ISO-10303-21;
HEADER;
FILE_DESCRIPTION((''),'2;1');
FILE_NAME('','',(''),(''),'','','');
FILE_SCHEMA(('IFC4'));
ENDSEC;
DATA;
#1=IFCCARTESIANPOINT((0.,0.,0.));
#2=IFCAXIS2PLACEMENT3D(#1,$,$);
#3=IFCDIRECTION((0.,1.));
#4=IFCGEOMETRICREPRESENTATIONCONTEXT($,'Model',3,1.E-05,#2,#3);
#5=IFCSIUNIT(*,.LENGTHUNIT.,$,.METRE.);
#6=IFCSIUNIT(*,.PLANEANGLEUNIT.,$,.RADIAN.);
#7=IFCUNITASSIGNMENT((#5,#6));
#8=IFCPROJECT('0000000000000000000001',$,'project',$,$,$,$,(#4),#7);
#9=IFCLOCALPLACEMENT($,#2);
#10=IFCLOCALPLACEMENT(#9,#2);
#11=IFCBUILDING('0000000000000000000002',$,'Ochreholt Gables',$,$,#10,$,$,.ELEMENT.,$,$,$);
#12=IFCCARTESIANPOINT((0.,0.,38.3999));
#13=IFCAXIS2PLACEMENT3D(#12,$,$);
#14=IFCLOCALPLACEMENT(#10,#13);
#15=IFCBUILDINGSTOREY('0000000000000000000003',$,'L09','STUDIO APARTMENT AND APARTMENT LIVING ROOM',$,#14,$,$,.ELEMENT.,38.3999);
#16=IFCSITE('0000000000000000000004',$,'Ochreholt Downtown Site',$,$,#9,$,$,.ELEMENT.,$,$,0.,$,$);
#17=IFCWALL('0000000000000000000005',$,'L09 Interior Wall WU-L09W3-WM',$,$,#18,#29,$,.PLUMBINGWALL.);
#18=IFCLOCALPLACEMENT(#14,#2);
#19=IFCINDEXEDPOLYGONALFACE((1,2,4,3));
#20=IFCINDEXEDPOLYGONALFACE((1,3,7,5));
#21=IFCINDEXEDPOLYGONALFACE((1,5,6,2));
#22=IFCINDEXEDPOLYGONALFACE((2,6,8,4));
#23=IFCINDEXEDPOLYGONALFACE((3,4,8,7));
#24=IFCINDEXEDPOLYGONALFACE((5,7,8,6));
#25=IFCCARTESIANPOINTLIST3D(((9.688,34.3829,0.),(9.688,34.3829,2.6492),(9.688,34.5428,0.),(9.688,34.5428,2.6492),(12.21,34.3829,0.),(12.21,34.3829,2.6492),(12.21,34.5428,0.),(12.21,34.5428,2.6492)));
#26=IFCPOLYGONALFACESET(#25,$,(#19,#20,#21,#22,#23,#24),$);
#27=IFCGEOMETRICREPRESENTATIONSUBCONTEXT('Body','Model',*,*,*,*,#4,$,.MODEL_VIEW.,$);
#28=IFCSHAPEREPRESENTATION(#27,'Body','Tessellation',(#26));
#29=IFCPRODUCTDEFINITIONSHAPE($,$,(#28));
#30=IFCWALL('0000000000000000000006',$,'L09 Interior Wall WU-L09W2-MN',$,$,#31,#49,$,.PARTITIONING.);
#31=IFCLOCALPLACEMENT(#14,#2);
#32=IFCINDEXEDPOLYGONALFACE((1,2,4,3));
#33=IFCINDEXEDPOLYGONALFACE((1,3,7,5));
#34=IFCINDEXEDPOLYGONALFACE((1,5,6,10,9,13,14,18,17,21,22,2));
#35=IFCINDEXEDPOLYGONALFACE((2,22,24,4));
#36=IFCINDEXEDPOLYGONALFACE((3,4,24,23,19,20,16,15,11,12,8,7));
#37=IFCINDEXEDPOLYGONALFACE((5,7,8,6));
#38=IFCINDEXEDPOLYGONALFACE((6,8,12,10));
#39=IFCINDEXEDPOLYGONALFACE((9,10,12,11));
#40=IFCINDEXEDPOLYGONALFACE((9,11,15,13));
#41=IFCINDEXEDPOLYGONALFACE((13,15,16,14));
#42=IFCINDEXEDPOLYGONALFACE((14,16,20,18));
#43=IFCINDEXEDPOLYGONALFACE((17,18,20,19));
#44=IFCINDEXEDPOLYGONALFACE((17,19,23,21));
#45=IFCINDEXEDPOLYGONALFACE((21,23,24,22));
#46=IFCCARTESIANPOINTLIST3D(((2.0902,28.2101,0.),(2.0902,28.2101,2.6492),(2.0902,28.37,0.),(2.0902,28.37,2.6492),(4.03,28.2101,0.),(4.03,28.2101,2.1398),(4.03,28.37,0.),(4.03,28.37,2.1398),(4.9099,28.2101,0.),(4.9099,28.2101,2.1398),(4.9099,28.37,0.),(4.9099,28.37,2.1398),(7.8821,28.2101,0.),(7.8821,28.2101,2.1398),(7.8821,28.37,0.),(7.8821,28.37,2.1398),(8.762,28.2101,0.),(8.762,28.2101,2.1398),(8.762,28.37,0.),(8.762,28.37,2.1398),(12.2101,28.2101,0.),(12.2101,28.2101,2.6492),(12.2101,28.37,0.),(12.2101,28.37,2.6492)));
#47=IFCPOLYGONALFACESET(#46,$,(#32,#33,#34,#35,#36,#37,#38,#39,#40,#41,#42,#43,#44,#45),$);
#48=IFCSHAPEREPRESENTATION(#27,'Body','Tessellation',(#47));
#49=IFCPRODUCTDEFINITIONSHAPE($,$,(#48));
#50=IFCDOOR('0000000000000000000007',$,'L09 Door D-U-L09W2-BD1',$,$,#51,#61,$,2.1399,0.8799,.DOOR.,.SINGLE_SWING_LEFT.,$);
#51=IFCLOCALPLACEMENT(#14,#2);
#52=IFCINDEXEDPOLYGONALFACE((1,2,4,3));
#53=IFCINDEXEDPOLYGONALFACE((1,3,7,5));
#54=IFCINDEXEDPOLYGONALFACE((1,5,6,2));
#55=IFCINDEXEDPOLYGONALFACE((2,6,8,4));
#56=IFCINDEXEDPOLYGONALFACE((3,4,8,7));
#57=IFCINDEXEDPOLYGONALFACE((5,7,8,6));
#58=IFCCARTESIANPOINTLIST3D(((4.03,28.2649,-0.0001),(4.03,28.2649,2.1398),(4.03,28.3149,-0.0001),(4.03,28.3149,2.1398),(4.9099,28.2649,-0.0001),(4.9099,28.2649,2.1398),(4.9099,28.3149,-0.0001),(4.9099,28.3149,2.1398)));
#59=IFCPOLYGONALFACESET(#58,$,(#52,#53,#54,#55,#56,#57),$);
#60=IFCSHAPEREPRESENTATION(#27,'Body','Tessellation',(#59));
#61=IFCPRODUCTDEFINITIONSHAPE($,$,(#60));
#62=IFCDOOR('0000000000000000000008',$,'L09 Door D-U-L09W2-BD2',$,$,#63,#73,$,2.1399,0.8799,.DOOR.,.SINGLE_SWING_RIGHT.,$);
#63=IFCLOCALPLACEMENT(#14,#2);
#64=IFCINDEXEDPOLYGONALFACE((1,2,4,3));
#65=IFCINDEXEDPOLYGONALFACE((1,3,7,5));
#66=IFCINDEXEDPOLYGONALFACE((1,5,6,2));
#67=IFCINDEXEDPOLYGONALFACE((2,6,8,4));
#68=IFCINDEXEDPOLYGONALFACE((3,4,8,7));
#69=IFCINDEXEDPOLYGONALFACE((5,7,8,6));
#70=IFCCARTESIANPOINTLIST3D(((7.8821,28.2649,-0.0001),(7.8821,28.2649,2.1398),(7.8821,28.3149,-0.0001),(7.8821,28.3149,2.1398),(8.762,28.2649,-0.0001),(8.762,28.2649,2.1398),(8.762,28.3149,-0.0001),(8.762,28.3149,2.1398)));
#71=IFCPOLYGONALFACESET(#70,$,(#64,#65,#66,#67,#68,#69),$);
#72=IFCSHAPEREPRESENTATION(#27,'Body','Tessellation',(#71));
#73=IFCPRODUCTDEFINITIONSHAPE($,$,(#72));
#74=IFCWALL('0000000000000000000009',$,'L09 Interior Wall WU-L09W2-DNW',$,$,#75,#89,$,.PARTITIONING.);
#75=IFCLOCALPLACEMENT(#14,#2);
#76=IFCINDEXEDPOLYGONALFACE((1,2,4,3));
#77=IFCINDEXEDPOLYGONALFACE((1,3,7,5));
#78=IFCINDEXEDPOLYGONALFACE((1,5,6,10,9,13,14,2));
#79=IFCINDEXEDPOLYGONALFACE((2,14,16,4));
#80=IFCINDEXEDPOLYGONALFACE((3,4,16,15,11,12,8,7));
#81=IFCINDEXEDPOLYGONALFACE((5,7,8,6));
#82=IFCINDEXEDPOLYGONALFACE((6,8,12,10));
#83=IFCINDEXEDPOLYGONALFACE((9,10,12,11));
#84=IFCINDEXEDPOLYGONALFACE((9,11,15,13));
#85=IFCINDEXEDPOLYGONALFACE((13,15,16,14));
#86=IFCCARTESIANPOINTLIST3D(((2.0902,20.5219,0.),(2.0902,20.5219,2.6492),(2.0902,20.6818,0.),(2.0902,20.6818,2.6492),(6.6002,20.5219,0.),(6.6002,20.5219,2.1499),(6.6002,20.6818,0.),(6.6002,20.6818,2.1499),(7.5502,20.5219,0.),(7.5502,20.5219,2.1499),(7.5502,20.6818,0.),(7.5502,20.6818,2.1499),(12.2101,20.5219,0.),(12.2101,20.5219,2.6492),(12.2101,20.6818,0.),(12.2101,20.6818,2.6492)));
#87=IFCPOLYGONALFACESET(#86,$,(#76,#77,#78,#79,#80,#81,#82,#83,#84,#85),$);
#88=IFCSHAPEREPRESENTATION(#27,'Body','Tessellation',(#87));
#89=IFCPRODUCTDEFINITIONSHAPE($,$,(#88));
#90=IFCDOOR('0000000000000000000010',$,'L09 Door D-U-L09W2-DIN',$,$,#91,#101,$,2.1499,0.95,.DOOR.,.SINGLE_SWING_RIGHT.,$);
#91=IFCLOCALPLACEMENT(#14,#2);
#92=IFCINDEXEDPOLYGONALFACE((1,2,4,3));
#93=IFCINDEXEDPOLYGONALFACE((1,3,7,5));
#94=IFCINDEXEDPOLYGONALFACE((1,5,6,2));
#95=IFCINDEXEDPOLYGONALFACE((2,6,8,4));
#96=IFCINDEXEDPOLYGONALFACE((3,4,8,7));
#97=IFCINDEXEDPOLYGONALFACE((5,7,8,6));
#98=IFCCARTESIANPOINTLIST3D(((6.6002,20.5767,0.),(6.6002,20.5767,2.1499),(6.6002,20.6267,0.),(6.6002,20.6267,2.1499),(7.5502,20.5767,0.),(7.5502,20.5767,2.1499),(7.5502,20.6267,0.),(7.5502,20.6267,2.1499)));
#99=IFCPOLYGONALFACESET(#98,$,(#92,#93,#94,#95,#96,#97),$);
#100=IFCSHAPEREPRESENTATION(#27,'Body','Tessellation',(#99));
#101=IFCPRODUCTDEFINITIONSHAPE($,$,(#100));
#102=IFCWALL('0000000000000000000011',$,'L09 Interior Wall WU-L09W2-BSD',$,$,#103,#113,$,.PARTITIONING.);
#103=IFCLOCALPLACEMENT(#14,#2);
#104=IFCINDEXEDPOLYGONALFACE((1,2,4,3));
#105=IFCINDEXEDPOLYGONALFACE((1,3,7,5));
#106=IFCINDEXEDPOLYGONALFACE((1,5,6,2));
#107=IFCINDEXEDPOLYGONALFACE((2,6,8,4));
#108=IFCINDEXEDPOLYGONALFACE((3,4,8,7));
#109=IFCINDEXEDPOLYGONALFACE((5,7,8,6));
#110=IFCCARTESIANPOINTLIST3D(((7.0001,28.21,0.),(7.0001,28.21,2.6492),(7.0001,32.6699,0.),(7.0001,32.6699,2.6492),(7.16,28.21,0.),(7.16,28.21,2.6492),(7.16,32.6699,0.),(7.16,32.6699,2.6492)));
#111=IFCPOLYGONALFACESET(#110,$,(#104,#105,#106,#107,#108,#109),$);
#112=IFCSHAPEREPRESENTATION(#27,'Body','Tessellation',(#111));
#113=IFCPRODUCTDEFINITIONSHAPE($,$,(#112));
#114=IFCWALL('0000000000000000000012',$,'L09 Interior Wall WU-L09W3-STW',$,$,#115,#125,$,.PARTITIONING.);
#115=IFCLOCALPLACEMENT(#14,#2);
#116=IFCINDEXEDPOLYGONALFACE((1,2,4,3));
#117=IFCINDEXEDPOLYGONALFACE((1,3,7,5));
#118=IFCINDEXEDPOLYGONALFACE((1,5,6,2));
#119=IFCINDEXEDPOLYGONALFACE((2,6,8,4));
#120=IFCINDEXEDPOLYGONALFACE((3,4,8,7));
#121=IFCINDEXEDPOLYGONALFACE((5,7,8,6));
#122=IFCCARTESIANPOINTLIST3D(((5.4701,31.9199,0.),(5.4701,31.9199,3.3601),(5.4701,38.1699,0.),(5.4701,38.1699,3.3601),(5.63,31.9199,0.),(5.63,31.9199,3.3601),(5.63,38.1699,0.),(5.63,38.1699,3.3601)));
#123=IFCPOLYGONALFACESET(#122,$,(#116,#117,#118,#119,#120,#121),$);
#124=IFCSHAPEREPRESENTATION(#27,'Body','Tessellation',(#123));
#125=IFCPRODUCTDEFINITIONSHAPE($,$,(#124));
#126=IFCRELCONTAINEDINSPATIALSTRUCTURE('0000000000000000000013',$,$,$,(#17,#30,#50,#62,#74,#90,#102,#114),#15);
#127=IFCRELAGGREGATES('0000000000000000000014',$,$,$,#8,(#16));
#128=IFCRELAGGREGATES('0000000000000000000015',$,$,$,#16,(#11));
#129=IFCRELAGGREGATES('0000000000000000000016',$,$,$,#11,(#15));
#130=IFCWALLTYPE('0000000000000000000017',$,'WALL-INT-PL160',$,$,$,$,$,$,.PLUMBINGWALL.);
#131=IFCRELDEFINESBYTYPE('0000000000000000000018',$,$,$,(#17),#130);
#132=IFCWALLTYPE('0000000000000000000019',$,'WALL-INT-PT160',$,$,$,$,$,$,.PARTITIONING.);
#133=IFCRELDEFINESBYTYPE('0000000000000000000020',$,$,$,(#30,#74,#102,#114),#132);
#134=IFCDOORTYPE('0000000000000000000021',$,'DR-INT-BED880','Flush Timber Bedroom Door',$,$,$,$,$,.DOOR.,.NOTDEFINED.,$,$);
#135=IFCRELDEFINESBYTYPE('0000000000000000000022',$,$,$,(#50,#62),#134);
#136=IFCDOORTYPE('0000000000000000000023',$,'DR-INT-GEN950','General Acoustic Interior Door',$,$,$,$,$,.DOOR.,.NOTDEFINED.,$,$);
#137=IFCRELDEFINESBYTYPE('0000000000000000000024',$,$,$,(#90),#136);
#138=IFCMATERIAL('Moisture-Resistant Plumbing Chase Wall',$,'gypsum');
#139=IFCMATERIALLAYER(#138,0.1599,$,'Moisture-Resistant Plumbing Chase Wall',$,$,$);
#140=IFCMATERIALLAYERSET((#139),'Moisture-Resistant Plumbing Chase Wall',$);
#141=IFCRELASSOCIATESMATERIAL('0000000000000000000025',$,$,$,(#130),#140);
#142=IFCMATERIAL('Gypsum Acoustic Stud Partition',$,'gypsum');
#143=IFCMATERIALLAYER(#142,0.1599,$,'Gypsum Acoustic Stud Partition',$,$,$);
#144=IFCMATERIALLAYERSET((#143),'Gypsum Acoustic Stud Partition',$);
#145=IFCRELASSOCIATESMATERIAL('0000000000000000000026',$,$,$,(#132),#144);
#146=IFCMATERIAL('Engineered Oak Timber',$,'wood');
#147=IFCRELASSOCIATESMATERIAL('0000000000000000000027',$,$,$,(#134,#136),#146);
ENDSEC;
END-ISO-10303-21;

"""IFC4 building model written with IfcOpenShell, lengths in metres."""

from ifc_helpers import new_model, si_unit, direction, frame, frame_2d, origin, place, context, subcontext, project, spatial, rectangle, extrude, material, layer, layer_set, type_object, element, fill, save


model = new_model("IFC4")

# Units and contexts
model_context = context("Model", 3, precision=1e-05, world=origin(), true_north=direction((0.0, 1.0)))
body_context = subcontext(model_context, "Body", "Model", "MODEL_VIEW")
ifc_project = project(units=[si_unit("LENGTHUNIT", "METRE"), si_unit("PLANEANGLEUNIT", "RADIAN")], contexts=[model_context])

# Site, building, storey
site_placement = place(None, origin())
site = spatial("IfcSite", under=ifc_project, at=site_placement, Name="Ochreholt Downtown Site", CompositionType="ELEMENT", RefElevation=0.0)
building_placement = place(site_placement, origin())
building = spatial("IfcBuilding", under=site, at=building_placement, Name="Ochreholt Gables", CompositionType="ELEMENT")
storey_placement = place(building_placement, frame((0.0, 0.0, 38.3999)))
storey = spatial("IfcBuildingStorey", under=building, at=storey_placement, Name="L09", Description="STUDIO APARTMENT AND APARTMENT LIVING ROOM", CompositionType="ELEMENT", Elevation=38.3999)

# Shared definitions
ifc_material_1 = material(Name="Moisture-Resistant Plumbing Chase Wall", Category="gypsum")
ifc_layer_1 = layer(ifc_material_1, 0.1599, Name="Moisture-Resistant Plumbing Chase Wall")
ifc_layer_set_1 = layer_set([ifc_layer_1], Name="Moisture-Resistant Plumbing Chase Wall")
wall_type_1 = type_object("IfcWallType", Name="WALL-INT-PL160", PredefinedType="PLUMBINGWALL", material=ifc_layer_set_1)

# Shared definitions
ifc_material_2 = material(Name="Engineered Oak Timber", Category="wood")

# Wall
wall_1_placement = place(storey_placement, frame((9.688, 34.4629, 0.0), z_axis=(0.0, 0.0, 1.0), x_axis=(1.0, 0.0, 0.0)))
element("IfcWall", 1, at=wall_1_placement, inside=storey, type_object=wall_type_1, Name="L09 Interior Wall WU-L09W3-WM", PredefinedType="PLUMBINGWALL", context=body_context, shape_type="SweptSolid", body=[
    extrude(rectangle(XDim=2.522, YDim=0.1599, at=frame_2d((1.261, 0.0))), origin(), (0.0, 0.0, 1.0), 2.6492),
])

# Wall, openings, doors
ifc_material_3 = material(Name="Gypsum Acoustic Stud Partition", Category="gypsum")
ifc_layer_2 = layer(ifc_material_3, 0.1599, Name="Gypsum Acoustic Stud Partition")
ifc_layer_set_2 = layer_set([ifc_layer_2], Name="Gypsum Acoustic Stud Partition")
wall_type_2 = type_object("IfcWallType", Name="WALL-INT-PT160", PredefinedType="PARTITIONING", material=ifc_layer_set_2)
wall_2_placement = place(storey_placement, frame((2.0901, 28.29, 0.0), z_axis=(0.0, 0.0, 1.0), x_axis=(1.0, 0.0, 0.0)))
wall_2 = element("IfcWall", 2, at=wall_2_placement, inside=storey, type_object=wall_type_2, Name="L09 Interior Wall WU-L09W2-MN", PredefinedType="PARTITIONING", context=body_context, shape_type="SweptSolid", body=[
    extrude(rectangle(XDim=10.1199, YDim=0.1599, at=frame_2d((5.0601, 0.0))), origin(), (0.0, 0.0, 1.0), 2.6492),
])
opening_1_placement = place(wall_2_placement, frame((1.9399, 0.0, 0.0)))
opening_1 = element("IfcOpeningElement", 3, at=opening_1_placement, cuts=wall_2, PredefinedType="OPENING", context=body_context, shape_type="SweptSolid", body=[
    extrude(rectangle(XDim=0.8799, YDim=2.1399, at=frame_2d((0.4399, 1.0698))), frame((0.0, 0.0898, 0.0), z_axis=(0.0, -1.0, 0.0), x_axis=(1.0, 0.0, 0.0)), (0.0, 0.0, 1.0), 0.1799),
])
opening_2_placement = place(wall_2_placement, frame((5.792, 0.0, 0.0)))
opening_2 = element("IfcOpeningElement", 4, at=opening_2_placement, cuts=wall_2, PredefinedType="OPENING", context=body_context, shape_type="SweptSolid", body=[
    extrude(rectangle(XDim=0.8799, YDim=2.1399, at=frame_2d((0.4399, 1.0698))), frame((0.0, 0.0898, 0.0), z_axis=(0.0, -1.0, 0.0), x_axis=(1.0, 0.0, 0.0)), (0.0, 0.0, 1.0), 0.1799),
])
door_type_1 = type_object("IfcDoorType", Name="DR-INT-BED880", Description="Flush Timber Bedroom Door", OperationType="NOTDEFINED", PredefinedType="DOOR", material=ifc_material_2)
door_1_placement = place(opening_1_placement, origin())
door_1 = element("IfcDoor", 5, at=door_1_placement, inside=storey, type_object=door_type_1, Name="L09 Door D-U-L09W2-BD1", OperationType="SINGLE_SWING_LEFT", OverallHeight=2.1399, OverallWidth=0.8799, PredefinedType="DOOR", context=body_context, shape_type="SweptSolid", body=[
    extrude(rectangle(XDim=0.8799, YDim=2.1399, at=frame_2d((0.4399, 1.0698))), frame((0.0, 0.0249, 0.0), z_axis=(0.0, -1.0, 0.0), x_axis=(1.0, 0.0, 0.0)), (0.0, 0.0, 1.0), 0.05),
])
fill(opening_1, door_1)
door_2_placement = place(opening_2_placement, origin())
door_2 = element("IfcDoor", 6, at=door_2_placement, inside=storey, type_object=door_type_1, Name="L09 Door D-U-L09W2-BD2", OperationType="SINGLE_SWING_RIGHT", OverallHeight=2.1399, OverallWidth=0.8799, PredefinedType="DOOR", context=body_context, shape_type="SweptSolid", body=[
    extrude(rectangle(XDim=0.8799, YDim=2.1399, at=frame_2d((0.4399, 1.0698))), frame((0.0, 0.0249, 0.0), z_axis=(0.0, -1.0, 0.0), x_axis=(1.0, 0.0, 0.0)), (0.0, 0.0, 1.0), 0.05),
])
fill(opening_2, door_2)

# Wall, opening, door
wall_3_placement = place(storey_placement, frame((2.0901, 20.6018, 0.0), z_axis=(0.0, 0.0, 1.0), x_axis=(1.0, 0.0, 0.0)))
wall_3 = element("IfcWall", 7, at=wall_3_placement, inside=storey, type_object=wall_type_2, Name="L09 Interior Wall WU-L09W2-DNW", PredefinedType="PARTITIONING", context=body_context, shape_type="SweptSolid", body=[
    extrude(rectangle(XDim=10.1199, YDim=0.1599, at=frame_2d((5.0601, 0.0))), origin(), (0.0, 0.0, 1.0), 2.6492),
])
opening_3_placement = place(wall_3_placement, frame((4.51, 0.0, 0.0)))
opening_3 = element("IfcOpeningElement", 8, at=opening_3_placement, cuts=wall_3, PredefinedType="OPENING", context=body_context, shape_type="SweptSolid", body=[
    extrude(rectangle(XDim=0.95, YDim=2.1499, at=frame_2d((0.4751, 1.075))), frame((0.0, 0.0898, 0.0), z_axis=(0.0, -1.0, 0.0), x_axis=(1.0, 0.0, 0.0)), (0.0, 0.0, 1.0), 0.1799),
])
door_type_2 = type_object("IfcDoorType", Name="DR-INT-GEN950", Description="General Acoustic Interior Door", OperationType="NOTDEFINED", PredefinedType="DOOR", material=ifc_material_2)
door_3_placement = place(opening_3_placement, origin())
door_3 = element("IfcDoor", 9, at=door_3_placement, inside=storey, type_object=door_type_2, Name="L09 Door D-U-L09W2-DIN", OperationType="SINGLE_SWING_RIGHT", OverallHeight=2.1499, OverallWidth=0.95, PredefinedType="DOOR", context=body_context, shape_type="SweptSolid", body=[
    extrude(rectangle(XDim=0.95, YDim=2.1499, at=frame_2d((0.4751, 1.075))), frame((0.0, 0.0249, 0.0), z_axis=(0.0, -1.0, 0.0), x_axis=(1.0, 0.0, 0.0)), (0.0, 0.0, 1.0), 0.05),
])
fill(opening_3, door_3)

# Walls
wall_4_placement = place(storey_placement, frame((7.0801, 28.21, 0.0), z_axis=(0.0, 0.0, 1.0), x_axis=(0.0, 1.0, 0.0)))
element("IfcWall", 10, at=wall_4_placement, inside=storey, type_object=wall_type_2, Name="L09 Interior Wall WU-L09W2-BSD", PredefinedType="PARTITIONING", context=body_context, shape_type="SweptSolid", body=[
    extrude(rectangle(XDim=4.46, YDim=0.1599, at=frame_2d((2.23, 0.0))), origin(), (0.0, 0.0, 1.0), 2.6492),
])
wall_5_placement = place(storey_placement, frame((5.55, 31.9199, 0.0), z_axis=(0.0, 0.0, 1.0), x_axis=(0.0, 1.0, 0.0)))
element("IfcWall", 11, at=wall_5_placement, inside=storey, type_object=wall_type_2, Name="L09 Interior Wall WU-L09W3-STW", PredefinedType="PARTITIONING", context=body_context, shape_type="SweptSolid", body=[
    extrude(rectangle(XDim=6.25, YDim=0.1599, at=frame_2d((3.125, 0.0))), origin(), (0.0, 0.0, 1.0), 3.3601),
])

save(model, "model.ifc")
